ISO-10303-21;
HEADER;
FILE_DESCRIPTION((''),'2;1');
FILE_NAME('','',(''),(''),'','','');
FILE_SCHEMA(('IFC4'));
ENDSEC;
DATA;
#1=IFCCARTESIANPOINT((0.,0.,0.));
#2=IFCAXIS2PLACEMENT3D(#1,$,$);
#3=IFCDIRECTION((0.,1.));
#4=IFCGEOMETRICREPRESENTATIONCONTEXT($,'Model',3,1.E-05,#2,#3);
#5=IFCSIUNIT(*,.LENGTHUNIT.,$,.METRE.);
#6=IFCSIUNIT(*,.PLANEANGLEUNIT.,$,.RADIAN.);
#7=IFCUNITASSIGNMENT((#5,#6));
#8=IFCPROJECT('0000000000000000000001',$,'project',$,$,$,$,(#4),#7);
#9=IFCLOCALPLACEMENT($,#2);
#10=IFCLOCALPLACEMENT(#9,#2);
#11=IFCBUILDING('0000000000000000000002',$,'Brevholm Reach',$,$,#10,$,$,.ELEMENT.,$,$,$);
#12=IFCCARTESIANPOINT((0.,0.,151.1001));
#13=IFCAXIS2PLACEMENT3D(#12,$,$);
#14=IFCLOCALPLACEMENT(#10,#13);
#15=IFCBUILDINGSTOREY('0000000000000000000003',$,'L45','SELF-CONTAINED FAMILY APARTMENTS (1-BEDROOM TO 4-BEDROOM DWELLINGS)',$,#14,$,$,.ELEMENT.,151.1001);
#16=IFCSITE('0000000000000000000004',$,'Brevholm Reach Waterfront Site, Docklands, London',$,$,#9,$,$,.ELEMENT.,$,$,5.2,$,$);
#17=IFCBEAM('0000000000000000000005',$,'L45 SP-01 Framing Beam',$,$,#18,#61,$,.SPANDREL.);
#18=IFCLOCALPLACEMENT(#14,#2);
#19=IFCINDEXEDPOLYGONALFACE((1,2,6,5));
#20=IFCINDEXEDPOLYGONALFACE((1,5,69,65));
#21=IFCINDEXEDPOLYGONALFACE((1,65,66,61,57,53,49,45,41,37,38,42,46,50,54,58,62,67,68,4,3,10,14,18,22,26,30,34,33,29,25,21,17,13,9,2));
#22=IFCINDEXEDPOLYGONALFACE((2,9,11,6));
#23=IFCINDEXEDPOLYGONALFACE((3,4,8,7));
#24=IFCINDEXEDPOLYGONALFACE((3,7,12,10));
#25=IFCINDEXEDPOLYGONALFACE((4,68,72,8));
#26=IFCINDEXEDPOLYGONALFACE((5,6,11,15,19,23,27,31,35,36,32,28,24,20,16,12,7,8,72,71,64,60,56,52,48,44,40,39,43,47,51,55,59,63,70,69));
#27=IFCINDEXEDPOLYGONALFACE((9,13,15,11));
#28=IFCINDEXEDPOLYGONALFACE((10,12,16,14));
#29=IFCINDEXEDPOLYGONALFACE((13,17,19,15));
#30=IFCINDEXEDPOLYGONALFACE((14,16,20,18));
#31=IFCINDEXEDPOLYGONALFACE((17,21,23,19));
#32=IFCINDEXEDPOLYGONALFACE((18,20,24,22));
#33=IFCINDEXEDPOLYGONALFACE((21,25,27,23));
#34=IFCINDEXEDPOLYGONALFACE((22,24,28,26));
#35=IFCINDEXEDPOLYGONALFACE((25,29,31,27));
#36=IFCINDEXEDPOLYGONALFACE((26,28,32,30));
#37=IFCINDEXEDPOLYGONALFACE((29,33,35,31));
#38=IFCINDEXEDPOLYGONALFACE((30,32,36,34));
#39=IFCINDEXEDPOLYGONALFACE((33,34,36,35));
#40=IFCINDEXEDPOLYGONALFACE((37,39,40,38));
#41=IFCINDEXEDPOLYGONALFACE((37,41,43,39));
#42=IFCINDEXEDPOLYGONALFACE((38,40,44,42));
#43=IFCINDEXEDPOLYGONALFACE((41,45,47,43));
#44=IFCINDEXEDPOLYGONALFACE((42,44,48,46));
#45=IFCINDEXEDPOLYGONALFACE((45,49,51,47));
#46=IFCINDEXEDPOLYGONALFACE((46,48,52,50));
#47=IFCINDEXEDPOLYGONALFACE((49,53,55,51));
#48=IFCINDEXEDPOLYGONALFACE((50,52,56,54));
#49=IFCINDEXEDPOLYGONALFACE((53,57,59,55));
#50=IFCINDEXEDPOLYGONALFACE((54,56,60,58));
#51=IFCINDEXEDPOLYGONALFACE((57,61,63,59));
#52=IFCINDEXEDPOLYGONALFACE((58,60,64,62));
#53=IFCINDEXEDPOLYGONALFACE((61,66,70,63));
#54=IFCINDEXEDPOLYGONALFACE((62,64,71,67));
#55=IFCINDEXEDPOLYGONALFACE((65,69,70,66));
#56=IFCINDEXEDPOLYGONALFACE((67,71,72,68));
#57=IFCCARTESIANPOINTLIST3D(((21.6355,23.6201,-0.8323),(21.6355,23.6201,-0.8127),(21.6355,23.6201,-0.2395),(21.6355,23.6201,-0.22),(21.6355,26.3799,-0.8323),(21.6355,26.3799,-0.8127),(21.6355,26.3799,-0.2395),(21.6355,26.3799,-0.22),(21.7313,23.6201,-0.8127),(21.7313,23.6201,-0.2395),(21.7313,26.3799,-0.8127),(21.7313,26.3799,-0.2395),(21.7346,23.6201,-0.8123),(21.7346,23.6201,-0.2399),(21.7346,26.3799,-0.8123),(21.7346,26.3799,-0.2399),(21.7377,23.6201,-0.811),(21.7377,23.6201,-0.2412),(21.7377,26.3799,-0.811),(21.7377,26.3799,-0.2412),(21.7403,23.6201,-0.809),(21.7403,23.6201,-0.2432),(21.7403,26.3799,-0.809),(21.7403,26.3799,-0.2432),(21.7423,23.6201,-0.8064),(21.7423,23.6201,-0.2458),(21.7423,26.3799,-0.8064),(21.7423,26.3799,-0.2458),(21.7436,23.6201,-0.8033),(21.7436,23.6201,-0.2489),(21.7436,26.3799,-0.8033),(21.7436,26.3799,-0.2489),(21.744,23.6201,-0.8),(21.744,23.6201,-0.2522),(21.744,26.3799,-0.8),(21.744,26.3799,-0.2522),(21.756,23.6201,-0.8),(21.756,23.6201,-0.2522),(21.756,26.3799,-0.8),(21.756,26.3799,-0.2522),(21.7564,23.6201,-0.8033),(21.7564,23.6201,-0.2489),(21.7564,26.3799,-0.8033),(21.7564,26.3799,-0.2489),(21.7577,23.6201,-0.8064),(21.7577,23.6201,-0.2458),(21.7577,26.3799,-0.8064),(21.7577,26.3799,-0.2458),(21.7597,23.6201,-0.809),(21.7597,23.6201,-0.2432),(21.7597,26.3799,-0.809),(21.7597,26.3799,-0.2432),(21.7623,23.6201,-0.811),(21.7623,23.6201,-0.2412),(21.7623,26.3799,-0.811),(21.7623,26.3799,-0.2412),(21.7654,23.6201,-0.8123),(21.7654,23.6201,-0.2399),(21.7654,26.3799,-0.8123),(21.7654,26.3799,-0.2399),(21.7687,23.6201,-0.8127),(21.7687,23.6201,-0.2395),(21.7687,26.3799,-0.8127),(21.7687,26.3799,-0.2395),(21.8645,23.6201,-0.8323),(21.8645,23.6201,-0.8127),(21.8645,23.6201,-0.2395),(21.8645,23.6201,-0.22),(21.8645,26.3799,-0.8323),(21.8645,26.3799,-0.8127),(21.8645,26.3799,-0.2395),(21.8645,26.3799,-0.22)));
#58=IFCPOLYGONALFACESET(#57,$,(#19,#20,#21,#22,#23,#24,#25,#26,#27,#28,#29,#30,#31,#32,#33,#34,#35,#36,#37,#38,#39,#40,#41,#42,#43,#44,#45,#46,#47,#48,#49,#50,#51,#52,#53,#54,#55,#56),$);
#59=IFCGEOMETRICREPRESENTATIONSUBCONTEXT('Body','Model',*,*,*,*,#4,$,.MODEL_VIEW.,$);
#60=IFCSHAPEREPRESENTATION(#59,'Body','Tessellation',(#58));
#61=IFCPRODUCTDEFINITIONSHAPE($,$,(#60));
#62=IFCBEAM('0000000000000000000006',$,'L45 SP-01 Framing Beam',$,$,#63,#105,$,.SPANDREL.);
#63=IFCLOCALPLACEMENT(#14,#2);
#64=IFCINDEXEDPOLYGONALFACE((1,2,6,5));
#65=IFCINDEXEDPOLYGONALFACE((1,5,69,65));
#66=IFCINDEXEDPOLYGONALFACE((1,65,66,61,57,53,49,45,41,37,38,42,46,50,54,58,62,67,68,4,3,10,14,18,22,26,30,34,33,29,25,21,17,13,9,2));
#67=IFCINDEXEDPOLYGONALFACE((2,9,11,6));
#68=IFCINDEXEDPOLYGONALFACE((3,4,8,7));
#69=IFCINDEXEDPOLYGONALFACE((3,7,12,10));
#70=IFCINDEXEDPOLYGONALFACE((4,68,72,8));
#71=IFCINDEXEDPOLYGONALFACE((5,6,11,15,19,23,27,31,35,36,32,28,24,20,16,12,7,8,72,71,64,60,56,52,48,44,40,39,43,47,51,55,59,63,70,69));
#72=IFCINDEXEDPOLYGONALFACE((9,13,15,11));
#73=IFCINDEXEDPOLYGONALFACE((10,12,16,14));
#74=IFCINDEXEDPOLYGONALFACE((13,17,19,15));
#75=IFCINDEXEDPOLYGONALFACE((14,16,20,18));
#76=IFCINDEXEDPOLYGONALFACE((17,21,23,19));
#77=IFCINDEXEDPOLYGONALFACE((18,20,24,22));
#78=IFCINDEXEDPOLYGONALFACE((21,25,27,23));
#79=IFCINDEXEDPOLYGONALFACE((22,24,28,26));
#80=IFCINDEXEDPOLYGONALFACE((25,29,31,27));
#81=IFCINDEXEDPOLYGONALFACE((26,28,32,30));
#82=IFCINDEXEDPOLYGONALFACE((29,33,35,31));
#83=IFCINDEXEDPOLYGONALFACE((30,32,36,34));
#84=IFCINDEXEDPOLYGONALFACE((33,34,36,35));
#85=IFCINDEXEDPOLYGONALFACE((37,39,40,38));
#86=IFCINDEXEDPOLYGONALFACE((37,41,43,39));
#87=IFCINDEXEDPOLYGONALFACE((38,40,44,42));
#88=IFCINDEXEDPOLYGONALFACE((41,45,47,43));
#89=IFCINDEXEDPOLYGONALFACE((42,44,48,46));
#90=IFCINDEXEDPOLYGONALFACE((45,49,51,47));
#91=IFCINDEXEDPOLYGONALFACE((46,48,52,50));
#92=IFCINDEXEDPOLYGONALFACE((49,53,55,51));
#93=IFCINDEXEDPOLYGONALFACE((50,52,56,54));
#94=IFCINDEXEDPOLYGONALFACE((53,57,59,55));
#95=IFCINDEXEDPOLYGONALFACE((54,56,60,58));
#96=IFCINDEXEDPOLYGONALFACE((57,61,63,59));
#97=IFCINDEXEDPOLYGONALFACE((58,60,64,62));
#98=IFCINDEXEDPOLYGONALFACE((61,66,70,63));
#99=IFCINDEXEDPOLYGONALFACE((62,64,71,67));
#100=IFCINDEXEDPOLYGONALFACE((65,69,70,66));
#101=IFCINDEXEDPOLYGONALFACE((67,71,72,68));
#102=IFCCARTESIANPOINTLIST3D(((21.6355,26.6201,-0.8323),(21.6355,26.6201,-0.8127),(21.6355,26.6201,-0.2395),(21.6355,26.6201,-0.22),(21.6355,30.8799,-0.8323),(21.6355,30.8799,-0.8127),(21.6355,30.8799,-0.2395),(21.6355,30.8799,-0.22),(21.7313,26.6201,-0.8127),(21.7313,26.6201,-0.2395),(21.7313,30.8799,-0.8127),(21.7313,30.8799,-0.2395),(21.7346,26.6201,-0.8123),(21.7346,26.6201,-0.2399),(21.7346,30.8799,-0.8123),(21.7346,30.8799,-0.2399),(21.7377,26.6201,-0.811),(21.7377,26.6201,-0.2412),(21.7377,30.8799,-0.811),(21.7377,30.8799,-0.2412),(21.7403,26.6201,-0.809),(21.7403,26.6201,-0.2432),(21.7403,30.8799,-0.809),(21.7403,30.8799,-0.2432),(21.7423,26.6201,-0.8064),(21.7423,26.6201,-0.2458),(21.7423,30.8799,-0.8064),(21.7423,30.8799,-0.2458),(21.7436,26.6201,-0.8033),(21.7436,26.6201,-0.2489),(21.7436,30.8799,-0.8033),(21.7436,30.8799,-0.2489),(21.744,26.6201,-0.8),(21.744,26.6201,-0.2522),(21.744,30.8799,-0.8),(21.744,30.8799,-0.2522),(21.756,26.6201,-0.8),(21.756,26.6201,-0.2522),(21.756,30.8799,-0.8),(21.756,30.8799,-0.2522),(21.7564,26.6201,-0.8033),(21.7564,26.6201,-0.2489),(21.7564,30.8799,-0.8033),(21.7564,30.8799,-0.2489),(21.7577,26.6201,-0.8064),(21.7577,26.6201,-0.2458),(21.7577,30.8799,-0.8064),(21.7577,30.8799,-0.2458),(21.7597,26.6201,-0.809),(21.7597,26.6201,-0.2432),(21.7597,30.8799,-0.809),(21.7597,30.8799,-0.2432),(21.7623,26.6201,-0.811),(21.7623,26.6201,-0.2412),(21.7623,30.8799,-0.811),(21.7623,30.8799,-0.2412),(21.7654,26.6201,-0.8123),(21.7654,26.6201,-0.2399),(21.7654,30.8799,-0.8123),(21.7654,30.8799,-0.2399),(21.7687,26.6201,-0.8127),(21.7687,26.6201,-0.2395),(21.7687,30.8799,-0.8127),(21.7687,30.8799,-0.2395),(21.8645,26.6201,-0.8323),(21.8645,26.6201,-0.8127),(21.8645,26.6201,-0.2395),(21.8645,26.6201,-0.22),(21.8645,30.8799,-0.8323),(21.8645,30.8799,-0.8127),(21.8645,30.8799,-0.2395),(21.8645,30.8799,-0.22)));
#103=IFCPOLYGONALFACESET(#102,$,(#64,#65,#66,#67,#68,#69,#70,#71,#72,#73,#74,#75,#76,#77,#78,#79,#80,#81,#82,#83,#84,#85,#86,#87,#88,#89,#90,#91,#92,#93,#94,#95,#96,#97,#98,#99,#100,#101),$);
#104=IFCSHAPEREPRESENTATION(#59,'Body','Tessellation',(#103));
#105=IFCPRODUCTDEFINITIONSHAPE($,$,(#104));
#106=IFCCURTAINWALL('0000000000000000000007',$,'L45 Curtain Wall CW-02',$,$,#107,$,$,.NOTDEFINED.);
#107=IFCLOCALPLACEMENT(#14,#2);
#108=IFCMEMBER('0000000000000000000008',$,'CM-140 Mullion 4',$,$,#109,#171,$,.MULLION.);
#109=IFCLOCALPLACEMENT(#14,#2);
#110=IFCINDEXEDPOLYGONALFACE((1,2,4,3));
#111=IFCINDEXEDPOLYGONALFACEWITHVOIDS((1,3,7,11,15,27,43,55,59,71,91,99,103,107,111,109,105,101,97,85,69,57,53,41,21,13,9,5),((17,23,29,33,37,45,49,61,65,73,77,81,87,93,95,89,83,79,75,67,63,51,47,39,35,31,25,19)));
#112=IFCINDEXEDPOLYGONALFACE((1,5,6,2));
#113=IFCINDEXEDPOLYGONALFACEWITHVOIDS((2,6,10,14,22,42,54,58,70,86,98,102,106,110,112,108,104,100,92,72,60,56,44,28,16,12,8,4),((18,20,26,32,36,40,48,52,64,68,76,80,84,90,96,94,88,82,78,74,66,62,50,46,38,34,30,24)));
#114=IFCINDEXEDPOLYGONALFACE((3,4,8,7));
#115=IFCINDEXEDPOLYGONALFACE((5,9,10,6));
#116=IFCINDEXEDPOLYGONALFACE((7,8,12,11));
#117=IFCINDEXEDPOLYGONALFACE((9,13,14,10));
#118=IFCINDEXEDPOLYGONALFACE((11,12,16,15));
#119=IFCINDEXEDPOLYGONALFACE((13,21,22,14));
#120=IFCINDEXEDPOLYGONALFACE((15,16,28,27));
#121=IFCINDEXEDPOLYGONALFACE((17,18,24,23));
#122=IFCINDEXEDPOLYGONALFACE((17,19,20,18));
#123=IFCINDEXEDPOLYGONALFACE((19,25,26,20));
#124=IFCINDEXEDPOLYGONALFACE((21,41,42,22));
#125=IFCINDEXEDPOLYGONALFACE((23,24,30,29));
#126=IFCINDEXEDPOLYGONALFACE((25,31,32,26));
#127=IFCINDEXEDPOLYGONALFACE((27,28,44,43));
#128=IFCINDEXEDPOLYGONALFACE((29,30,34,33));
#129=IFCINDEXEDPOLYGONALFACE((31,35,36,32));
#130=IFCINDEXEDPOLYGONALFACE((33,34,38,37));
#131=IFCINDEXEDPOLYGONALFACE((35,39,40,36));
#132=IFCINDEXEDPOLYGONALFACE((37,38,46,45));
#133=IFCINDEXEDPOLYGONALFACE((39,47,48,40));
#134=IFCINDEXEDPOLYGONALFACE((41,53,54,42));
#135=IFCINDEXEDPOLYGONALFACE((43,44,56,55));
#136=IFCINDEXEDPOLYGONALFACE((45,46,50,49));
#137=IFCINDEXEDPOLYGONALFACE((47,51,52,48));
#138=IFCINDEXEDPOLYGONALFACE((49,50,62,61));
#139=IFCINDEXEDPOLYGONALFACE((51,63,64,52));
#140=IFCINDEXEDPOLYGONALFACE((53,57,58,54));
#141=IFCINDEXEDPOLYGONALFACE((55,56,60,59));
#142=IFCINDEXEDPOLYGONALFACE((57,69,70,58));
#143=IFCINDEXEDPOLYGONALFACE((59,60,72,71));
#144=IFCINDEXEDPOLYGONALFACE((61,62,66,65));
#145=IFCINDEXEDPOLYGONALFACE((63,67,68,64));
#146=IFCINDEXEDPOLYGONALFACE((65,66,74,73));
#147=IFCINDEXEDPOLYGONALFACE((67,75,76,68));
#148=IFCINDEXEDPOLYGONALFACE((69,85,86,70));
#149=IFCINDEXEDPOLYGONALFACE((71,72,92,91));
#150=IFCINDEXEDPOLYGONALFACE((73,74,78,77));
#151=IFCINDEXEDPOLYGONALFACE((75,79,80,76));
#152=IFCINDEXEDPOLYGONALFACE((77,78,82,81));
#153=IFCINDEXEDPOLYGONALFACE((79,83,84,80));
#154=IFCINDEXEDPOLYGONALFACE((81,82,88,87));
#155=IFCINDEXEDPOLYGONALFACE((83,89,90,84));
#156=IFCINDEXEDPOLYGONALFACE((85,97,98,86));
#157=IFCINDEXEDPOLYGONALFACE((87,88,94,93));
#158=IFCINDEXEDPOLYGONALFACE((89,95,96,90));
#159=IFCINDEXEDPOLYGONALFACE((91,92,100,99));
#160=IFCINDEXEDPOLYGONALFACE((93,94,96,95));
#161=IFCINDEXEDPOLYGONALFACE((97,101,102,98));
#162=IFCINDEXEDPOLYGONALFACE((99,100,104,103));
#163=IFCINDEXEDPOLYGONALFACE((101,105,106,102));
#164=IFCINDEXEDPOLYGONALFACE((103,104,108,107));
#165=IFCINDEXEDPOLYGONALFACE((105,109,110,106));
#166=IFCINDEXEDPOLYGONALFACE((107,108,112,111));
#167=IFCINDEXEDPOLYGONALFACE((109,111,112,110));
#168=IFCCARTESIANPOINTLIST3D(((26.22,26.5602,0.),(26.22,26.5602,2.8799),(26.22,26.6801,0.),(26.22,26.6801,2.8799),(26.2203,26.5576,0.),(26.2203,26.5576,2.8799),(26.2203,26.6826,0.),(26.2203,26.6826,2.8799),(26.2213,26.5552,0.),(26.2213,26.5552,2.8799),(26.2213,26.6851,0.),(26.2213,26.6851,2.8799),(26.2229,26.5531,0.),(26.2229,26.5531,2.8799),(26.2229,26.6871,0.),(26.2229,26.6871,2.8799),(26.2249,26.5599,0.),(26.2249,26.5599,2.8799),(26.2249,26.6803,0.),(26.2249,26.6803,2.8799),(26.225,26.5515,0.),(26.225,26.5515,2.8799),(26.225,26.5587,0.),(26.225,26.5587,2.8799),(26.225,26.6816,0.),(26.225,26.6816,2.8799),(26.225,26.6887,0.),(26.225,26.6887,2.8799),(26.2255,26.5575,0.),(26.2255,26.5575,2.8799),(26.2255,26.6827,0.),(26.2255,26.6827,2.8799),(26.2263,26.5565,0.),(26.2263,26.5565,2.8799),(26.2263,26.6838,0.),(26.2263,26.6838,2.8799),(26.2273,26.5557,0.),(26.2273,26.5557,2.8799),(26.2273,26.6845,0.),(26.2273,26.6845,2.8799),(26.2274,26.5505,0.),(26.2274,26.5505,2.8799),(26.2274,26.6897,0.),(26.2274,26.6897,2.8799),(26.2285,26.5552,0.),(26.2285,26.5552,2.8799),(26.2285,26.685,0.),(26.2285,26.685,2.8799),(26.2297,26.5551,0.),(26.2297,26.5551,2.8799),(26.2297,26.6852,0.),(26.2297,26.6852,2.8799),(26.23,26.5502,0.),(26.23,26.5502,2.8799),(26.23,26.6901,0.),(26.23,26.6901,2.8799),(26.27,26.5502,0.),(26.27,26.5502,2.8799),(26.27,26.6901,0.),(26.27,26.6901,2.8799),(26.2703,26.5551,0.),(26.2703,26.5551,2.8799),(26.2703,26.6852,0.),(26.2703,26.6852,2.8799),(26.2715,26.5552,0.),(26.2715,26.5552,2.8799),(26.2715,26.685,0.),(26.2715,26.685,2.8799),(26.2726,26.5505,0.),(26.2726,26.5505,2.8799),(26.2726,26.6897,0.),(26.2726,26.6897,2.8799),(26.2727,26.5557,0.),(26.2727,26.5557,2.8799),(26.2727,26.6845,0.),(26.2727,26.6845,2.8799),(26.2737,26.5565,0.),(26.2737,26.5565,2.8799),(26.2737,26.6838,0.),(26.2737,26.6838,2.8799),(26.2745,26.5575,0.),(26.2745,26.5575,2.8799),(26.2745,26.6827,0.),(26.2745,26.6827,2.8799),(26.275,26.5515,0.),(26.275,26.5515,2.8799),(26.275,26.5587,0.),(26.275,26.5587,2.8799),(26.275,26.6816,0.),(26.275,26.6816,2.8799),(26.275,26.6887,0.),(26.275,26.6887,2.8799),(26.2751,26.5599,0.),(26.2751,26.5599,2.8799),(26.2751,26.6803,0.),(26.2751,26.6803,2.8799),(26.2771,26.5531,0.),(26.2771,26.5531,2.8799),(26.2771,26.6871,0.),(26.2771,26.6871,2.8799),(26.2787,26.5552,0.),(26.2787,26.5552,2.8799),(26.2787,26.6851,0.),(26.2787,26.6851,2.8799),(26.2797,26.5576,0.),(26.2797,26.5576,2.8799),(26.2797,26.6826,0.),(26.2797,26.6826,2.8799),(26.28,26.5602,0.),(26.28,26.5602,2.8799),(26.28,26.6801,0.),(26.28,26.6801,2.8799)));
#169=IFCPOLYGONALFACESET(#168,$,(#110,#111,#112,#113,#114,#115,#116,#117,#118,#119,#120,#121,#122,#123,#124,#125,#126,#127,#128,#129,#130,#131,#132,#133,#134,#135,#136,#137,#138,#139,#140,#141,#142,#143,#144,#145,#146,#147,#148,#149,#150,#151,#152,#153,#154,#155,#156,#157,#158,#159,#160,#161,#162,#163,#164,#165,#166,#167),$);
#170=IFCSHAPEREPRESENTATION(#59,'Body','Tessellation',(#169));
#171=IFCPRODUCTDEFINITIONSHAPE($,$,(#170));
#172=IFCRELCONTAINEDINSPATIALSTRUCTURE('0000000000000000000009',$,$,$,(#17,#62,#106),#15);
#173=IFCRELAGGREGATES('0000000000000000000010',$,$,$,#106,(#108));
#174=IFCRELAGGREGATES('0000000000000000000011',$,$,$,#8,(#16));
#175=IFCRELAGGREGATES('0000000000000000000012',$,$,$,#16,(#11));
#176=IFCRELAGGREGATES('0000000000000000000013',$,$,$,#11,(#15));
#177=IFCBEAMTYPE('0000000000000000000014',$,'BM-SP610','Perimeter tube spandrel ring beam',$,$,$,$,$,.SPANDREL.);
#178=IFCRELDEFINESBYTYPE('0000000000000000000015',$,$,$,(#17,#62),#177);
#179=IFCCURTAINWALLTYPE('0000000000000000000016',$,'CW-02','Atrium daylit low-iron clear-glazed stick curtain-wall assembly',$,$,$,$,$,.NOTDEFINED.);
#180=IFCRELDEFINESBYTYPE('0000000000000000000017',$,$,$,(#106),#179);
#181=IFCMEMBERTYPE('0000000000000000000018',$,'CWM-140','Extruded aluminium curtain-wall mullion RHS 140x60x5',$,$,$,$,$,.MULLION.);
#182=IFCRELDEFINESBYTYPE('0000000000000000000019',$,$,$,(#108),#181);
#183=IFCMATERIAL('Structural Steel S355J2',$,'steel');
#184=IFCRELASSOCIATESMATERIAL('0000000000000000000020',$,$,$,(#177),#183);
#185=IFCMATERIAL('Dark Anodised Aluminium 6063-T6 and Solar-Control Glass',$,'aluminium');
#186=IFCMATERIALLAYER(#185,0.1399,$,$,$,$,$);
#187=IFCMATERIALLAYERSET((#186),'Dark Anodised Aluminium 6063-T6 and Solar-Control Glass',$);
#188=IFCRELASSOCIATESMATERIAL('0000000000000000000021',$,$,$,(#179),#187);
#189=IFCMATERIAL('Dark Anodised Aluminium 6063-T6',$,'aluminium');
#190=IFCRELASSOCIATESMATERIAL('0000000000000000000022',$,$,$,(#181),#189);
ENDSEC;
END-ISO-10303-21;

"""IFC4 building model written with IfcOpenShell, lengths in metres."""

from ifc_helpers import new_model, si_unit, direction, frame, origin, origin_2d, place, context, subcontext, project, spatial, hollow_rectangle, i_section, extrude, material, layer, layer_set, material_profile, profile_set, type_object, element, aggregate, save


model = new_model("IFC4")

# Units and contexts
model_context = context("Model", 3, precision=1e-05, world=origin(), true_north=direction((0.0, 1.0)))
body_context = subcontext(model_context, "Body", "Model", "MODEL_VIEW")
ifc_project = project(units=[si_unit("LENGTHUNIT", "METRE"), si_unit("PLANEANGLEUNIT", "RADIAN")], contexts=[model_context])

# Site, building, storey
site_placement = place(None, origin())
site = spatial("IfcSite", under=ifc_project, at=site_placement, Name="Brevholm Reach Waterfront Site, Docklands, London", CompositionType="ELEMENT", RefElevation=5.2)
building_placement = place(site_placement, origin())
building = spatial("IfcBuilding", under=site, at=building_placement, Name="Brevholm Reach", CompositionType="ELEMENT")
storey_placement = place(building_placement, frame((0.0, 0.0, 151.1001)))
storey = spatial("IfcBuildingStorey", under=building, at=storey_placement, Name="L45", Description="SELF-CONTAINED FAMILY APARTMENTS (1-BEDROOM TO 4-BEDROOM DWELLINGS)", CompositionType="ELEMENT", Elevation=151.1001)

# Beams
ifc_material_1 = material(Name="Structural Steel S355J2", Category="steel")
ifc_material_profile_1 = material_profile(ifc_material_1, i_section(OverallWidth=0.229, OverallDepth=0.6123, WebThickness=0.012, FlangeThickness=0.0195, FilletRadius=0.0127, at=origin_2d()), Name="UKB 610x229x125")
ifc_profile_set_1 = profile_set([ifc_material_profile_1], Name="Structural Steel S355J2")
beam_type_1 = type_object("IfcBeamType", Name="BM-SP610", Description="Perimeter tube spandrel ring beam", PredefinedType="SPANDREL", material=ifc_profile_set_1)
beam_1_placement = place(storey_placement, frame((21.75, 23.6201, -0.5261), z_axis=(0.0, 1.0, 0.0), x_axis=(-1.0, 0.0, 0.0)))
element("IfcBeam", 1, at=beam_1_placement, inside=storey, type_object=beam_type_1, Name="L45 SP-01 Framing Beam", PredefinedType="SPANDREL", context=body_context, shape_type="SweptSolid", body=[
    extrude(i_section(OverallWidth=0.229, OverallDepth=0.6123, WebThickness=0.012, FlangeThickness=0.0195, FilletRadius=0.0127, at=origin_2d()), origin(), (0.0, 0.0, 1.0), 2.7598),
])
beam_2_placement = place(storey_placement, frame((21.75, 26.6201, -0.5261), z_axis=(0.0, 1.0, 0.0), x_axis=(-1.0, 0.0, 0.0)))
element("IfcBeam", 2, at=beam_2_placement, inside=storey, type_object=beam_type_1, Name="L45 SP-01 Framing Beam", PredefinedType="SPANDREL", context=body_context, shape_type="SweptSolid", body=[
    extrude(i_section(OverallWidth=0.229, OverallDepth=0.6123, WebThickness=0.012, FlangeThickness=0.0195, FilletRadius=0.0127, at=origin_2d()), origin(), (0.0, 0.0, 1.0), 4.2598),
])

# Curtain wall, member
ifc_material_2 = material(Name="Dark Anodised Aluminium 6063-T6 and Solar-Control Glass", Category="aluminium")
ifc_layer_1 = layer(ifc_material_2, 0.1399)
ifc_layer_set_1 = layer_set([ifc_layer_1], Name="Dark Anodised Aluminium 6063-T6 and Solar-Control Glass")
curtain_wall_type_1 = type_object("IfcCurtainWallType", Name="CW-02", Description="Atrium daylit low-iron clear-glazed stick curtain-wall assembly", PredefinedType="NOTDEFINED", material=ifc_layer_set_1)
curtain_wall_1_placement = place(storey_placement, origin())
curtain_wall_1 = element("IfcCurtainWall", 3, at=curtain_wall_1_placement, inside=storey, type_object=curtain_wall_type_1, Name="L45 Curtain Wall CW-02", PredefinedType="NOTDEFINED")
ifc_material_3 = material(Name="Dark Anodised Aluminium 6063-T6", Category="aluminium")
ifc_material_profile_2 = material_profile(ifc_material_3, hollow_rectangle(XDim=0.0601, YDim=0.1399, WallThickness=0.0049, InnerFilletRadius=0.0049, OuterFilletRadius=0.01, at=origin_2d()), Name="RHS 140x60x5")
ifc_profile_set_2 = profile_set([ifc_material_profile_2], Name="Dark Anodised Aluminium 6063-T6")
member_type_1 = type_object("IfcMemberType", Name="CWM-140", Description="Extruded aluminium curtain-wall mullion RHS 140x60x5", PredefinedType="MULLION", material=ifc_profile_set_2)
member_1_placement = place(storey_placement, frame((26.25, 26.6201, 0.0), z_axis=(0.0, 0.0, 1.0), x_axis=(-1.0, 0.0, 0.0)))
member_1 = element("IfcMember", 4, at=member_1_placement, type_object=member_type_1, Name="CM-140 Mullion 4", PredefinedType="MULLION", context=body_context, shape_type="SweptSolid", body=[
    extrude(hollow_rectangle(XDim=0.0601, YDim=0.1399, WallThickness=0.0049, InnerFilletRadius=0.0049, OuterFilletRadius=0.01, at=origin_2d()), origin(), (0.0, 0.0, 1.0), 2.8799),
])

aggregate(curtain_wall_1, [member_1])

save(model, "model.ifc")
